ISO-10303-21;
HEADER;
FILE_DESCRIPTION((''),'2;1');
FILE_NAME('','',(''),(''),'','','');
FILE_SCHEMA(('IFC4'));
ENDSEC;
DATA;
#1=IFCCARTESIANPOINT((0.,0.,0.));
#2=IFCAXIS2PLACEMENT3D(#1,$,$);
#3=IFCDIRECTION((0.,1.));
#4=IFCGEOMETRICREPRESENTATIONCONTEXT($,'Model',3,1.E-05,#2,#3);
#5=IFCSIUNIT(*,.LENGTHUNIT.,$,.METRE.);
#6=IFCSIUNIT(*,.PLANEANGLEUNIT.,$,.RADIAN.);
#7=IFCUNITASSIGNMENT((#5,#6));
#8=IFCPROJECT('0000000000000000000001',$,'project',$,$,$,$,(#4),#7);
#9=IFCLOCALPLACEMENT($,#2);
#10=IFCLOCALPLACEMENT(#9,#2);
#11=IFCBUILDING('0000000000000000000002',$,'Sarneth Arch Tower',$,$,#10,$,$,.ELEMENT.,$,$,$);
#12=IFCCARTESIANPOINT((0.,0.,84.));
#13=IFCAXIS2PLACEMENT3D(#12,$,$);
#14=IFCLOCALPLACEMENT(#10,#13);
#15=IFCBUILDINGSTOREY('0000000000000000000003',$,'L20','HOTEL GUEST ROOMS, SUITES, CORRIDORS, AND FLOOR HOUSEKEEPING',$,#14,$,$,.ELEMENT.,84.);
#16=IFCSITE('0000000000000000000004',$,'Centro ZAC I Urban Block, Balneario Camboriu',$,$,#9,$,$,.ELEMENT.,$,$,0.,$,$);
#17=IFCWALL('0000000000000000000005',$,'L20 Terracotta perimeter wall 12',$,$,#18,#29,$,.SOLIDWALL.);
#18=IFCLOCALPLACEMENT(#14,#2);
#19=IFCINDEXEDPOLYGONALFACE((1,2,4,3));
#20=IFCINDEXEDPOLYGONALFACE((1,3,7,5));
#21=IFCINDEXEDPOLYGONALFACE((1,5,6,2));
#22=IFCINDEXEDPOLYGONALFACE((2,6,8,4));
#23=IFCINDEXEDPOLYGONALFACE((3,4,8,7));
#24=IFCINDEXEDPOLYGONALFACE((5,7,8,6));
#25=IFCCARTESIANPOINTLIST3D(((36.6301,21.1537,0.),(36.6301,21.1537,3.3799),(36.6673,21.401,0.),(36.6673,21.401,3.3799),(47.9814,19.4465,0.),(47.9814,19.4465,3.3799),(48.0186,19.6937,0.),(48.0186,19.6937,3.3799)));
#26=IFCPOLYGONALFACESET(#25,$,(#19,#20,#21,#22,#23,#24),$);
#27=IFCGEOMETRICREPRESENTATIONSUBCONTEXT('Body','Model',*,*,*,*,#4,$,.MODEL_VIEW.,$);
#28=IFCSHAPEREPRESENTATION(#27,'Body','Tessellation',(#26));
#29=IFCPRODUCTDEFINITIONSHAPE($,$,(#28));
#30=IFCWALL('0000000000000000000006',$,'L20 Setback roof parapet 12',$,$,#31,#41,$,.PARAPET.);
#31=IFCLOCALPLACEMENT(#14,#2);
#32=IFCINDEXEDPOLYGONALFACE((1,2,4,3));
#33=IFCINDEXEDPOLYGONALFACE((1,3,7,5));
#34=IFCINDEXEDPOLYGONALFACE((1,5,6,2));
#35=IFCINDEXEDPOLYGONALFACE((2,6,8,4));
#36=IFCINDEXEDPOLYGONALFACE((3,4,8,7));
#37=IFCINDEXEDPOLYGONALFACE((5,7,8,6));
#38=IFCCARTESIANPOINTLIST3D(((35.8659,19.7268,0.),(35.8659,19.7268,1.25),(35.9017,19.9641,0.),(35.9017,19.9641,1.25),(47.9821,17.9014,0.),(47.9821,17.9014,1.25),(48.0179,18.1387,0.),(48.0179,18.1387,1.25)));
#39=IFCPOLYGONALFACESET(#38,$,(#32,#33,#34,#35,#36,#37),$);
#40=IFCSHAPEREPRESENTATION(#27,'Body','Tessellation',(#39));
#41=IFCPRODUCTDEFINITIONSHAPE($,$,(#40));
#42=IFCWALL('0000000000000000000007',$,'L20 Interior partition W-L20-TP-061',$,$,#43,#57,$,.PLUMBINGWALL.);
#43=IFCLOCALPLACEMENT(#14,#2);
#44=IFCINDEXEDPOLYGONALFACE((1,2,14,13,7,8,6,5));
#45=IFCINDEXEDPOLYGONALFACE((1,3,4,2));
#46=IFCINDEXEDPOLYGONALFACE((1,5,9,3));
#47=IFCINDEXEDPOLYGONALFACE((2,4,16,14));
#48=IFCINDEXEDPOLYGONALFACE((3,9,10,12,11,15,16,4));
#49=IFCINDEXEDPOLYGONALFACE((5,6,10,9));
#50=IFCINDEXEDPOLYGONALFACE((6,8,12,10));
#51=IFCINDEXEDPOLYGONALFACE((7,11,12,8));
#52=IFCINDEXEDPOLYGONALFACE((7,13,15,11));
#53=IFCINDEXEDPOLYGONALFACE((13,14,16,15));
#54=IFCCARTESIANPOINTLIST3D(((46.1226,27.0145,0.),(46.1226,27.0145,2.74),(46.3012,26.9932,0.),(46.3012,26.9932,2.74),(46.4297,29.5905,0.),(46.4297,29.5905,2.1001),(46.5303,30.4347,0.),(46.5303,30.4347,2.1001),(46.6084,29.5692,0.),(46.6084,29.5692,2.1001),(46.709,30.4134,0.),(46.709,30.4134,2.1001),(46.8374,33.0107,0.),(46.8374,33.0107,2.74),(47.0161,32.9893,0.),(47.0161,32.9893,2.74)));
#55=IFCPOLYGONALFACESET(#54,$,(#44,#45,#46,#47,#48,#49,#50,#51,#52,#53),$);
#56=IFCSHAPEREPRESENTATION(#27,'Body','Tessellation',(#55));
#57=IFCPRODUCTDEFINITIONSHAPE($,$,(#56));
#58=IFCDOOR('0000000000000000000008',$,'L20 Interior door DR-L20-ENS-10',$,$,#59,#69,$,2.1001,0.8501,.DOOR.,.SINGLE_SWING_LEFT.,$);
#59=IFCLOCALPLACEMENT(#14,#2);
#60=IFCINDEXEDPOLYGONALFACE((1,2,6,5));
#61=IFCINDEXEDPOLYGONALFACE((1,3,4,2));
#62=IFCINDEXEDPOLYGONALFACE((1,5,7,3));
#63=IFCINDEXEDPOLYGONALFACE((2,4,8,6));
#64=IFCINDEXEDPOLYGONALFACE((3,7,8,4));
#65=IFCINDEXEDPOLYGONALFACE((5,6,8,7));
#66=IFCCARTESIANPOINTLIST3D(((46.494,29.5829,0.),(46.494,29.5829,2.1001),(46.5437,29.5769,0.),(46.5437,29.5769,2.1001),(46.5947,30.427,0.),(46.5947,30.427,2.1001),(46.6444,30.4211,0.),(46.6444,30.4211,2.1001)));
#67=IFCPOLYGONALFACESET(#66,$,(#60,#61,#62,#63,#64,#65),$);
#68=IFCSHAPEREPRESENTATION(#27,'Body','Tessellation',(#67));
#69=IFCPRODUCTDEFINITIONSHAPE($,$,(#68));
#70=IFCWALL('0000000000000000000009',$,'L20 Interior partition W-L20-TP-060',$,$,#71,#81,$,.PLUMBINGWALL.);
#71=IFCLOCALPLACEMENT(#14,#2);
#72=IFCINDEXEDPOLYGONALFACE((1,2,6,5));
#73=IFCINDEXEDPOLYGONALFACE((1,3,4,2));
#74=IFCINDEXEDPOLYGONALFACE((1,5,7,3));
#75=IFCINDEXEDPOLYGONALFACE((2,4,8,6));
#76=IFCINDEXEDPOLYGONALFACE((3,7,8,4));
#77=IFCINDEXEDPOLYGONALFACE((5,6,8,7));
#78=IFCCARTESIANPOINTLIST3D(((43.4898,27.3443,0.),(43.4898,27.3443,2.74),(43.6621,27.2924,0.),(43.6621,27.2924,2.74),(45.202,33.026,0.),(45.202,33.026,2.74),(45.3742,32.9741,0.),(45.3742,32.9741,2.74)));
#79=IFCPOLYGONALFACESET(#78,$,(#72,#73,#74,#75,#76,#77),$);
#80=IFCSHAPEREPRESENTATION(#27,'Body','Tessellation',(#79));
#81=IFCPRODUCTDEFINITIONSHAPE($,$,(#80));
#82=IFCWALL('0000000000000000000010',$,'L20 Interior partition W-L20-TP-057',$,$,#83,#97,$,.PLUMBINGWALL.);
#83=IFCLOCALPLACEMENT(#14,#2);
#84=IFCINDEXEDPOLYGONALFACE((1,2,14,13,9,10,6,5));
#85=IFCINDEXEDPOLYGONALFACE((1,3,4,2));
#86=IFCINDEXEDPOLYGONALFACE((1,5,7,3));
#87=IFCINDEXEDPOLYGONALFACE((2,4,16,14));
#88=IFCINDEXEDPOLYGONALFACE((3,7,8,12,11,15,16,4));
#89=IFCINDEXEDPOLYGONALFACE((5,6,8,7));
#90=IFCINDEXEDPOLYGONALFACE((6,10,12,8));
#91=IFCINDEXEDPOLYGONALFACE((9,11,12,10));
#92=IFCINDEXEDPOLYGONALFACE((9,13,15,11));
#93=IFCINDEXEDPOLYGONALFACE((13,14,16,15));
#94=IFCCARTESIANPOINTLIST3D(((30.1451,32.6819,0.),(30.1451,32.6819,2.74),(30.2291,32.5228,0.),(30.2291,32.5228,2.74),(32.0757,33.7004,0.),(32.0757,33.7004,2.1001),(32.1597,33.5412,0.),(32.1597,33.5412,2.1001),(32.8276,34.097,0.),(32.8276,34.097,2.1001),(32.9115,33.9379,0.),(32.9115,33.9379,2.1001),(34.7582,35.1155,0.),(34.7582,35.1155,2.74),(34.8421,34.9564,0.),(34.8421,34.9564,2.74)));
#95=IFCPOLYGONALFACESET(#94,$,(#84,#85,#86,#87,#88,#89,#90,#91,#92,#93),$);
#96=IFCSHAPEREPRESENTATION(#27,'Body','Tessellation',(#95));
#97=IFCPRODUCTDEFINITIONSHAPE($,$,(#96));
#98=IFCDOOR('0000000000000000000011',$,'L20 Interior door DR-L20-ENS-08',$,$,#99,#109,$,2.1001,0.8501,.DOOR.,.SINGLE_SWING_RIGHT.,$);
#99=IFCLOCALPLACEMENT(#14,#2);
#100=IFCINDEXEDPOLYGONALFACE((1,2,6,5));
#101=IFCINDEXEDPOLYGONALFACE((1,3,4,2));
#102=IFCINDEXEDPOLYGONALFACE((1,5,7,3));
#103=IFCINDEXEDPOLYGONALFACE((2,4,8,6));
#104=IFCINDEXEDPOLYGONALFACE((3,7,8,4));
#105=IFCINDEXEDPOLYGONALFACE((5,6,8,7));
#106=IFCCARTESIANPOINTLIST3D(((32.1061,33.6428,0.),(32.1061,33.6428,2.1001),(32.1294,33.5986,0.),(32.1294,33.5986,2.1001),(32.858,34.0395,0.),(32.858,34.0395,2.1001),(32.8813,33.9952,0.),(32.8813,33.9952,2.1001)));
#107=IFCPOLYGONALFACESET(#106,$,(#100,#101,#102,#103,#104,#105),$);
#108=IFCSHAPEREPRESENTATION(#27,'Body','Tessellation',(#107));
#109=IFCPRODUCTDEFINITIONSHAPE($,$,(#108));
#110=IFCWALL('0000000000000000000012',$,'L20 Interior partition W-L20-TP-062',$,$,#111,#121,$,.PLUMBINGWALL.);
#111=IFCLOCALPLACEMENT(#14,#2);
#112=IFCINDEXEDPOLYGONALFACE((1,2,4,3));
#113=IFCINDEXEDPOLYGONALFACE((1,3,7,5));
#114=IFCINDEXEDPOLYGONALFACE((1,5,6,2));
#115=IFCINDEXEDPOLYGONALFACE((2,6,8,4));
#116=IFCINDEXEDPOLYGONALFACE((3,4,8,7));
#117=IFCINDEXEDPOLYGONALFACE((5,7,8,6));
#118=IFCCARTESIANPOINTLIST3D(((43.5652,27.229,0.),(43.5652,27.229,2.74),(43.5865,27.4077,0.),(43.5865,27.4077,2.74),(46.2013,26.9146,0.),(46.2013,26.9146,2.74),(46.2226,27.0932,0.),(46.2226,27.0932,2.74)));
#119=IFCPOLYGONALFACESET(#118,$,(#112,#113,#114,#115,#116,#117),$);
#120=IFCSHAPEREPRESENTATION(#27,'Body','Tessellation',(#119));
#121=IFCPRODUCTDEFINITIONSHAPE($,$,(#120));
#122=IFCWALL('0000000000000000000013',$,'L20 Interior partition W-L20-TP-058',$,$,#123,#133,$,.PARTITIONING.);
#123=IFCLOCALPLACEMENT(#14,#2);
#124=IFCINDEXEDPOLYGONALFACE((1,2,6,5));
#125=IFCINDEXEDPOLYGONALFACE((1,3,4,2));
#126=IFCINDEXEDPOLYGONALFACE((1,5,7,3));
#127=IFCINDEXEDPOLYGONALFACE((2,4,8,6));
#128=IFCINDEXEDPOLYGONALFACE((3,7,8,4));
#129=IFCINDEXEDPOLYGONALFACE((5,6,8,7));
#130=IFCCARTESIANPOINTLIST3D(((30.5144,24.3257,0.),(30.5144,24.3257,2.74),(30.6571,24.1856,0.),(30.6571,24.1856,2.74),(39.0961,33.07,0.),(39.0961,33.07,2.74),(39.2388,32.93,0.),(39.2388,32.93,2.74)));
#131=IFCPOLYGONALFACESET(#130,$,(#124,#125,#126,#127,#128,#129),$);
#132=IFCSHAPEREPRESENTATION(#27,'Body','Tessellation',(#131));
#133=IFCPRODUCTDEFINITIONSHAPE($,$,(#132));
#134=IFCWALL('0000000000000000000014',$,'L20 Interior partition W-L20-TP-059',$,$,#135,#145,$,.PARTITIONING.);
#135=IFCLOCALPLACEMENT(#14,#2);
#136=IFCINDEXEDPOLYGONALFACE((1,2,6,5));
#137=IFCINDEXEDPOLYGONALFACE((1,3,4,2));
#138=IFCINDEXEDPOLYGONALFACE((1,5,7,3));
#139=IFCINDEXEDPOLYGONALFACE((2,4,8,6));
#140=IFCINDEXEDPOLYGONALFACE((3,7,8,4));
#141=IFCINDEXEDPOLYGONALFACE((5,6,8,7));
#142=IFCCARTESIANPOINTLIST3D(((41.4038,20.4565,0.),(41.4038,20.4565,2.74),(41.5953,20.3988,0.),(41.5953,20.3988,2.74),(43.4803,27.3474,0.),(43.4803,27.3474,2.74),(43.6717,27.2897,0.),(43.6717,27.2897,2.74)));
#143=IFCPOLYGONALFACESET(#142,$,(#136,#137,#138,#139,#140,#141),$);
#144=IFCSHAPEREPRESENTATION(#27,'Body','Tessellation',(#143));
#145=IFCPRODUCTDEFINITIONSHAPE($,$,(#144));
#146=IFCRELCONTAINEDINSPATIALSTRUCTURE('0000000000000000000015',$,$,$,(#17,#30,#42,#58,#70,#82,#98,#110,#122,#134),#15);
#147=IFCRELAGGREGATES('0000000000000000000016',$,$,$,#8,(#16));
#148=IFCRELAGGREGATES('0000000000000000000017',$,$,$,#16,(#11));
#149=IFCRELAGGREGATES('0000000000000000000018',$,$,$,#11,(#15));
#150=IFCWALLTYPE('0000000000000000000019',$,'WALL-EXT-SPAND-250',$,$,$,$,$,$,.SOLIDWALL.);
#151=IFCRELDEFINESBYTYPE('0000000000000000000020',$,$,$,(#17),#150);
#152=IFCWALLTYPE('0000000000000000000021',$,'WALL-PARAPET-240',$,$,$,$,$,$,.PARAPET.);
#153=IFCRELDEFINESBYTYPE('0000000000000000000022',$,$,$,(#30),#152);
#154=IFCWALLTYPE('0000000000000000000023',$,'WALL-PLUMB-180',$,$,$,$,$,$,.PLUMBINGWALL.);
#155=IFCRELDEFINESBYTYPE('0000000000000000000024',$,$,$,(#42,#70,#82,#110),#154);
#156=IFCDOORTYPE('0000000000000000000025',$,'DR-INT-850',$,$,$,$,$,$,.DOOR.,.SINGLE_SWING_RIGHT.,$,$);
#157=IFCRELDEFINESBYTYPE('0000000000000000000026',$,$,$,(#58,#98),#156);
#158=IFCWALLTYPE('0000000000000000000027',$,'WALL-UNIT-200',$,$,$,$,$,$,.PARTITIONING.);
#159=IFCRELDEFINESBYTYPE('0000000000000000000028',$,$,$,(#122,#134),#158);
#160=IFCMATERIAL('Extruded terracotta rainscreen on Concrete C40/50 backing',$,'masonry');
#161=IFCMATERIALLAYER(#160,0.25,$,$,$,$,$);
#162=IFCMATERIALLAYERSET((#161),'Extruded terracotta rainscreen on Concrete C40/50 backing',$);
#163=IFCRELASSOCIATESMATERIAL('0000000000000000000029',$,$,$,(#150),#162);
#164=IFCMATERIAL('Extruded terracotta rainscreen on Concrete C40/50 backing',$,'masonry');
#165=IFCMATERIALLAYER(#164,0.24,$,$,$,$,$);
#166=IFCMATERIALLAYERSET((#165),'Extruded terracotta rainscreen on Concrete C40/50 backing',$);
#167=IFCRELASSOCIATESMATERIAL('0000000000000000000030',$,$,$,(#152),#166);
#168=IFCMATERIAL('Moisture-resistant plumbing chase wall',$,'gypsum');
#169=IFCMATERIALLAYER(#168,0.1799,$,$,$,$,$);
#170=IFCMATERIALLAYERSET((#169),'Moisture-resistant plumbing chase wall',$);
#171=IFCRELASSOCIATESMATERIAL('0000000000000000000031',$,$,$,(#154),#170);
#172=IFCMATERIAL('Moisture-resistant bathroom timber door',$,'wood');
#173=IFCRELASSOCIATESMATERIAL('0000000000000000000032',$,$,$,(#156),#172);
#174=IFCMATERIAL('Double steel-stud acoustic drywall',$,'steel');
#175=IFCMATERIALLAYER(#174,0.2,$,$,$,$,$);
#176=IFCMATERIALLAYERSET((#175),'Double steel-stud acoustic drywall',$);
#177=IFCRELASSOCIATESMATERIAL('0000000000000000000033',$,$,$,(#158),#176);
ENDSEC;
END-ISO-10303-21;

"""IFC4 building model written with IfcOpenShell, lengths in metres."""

from ifc_helpers import new_model, si_unit, direction, frame, frame_2d, origin, place, context, subcontext, project, spatial, rectangle, extrude, material, layer, layer_set, type_object, element, fill, save


model = new_model("IFC4")

# Units and contexts
model_context = context("Model", 3, precision=1e-05, world=origin(), true_north=direction((0.0, 1.0)))
body_context = subcontext(model_context, "Body", "Model", "MODEL_VIEW")
ifc_project = project(units=[si_unit("LENGTHUNIT", "METRE"), si_unit("PLANEANGLEUNIT", "RADIAN")], contexts=[model_context])

# Site, building, storey
site_placement = place(None, origin())
site = spatial("IfcSite", under=ifc_project, at=site_placement, Name="Centro ZAC I Urban Block, Balneario Camboriu", CompositionType="ELEMENT", RefElevation=0.0)
building_placement = place(site_placement, origin())
building = spatial("IfcBuilding", under=site, at=building_placement, Name="Sarneth Arch Tower", CompositionType="ELEMENT")
storey_placement = place(building_placement, frame((0.0, 0.0, 84.0)))
storey = spatial("IfcBuildingStorey", under=building, at=storey_placement, Name="L20", Description="HOTEL GUEST ROOMS, SUITES, CORRIDORS, AND FLOOR HOUSEKEEPING", CompositionType="ELEMENT", Elevation=84.0)

# Walls
ifc_material_1 = material(Name="Extruded terracotta rainscreen on Concrete C40/50 backing", Category="masonry")
ifc_layer_1 = layer(ifc_material_1, 0.25)
ifc_layer_set_1 = layer_set([ifc_layer_1], Name="Extruded terracotta rainscreen on Concrete C40/50 backing")
wall_type_1 = type_object("IfcWallType", Name="WALL-EXT-SPAND-250", PredefinedType="SOLIDWALL", material=ifc_layer_set_1)
wall_1_placement = place(storey_placement, frame((36.6487, 21.2773, 0.0), z_axis=(0.0, 0.0, 1.0), x_axis=(0.988878, -0.14873, 0.0)))
element("IfcWall", 1, at=wall_1_placement, inside=storey, type_object=wall_type_1, Name="L20 Terracotta perimeter wall 12", PredefinedType="SOLIDWALL", context=body_context, shape_type="SweptSolid", body=[
    extrude(rectangle(XDim=11.479, YDim=0.25, at=frame_2d((5.7395, 0.0))), origin(), (0.0, 0.0, 1.0), 3.3799),
])
ifc_material_2 = material(Name="Extruded terracotta rainscreen on Concrete C40/50 backing", Category="masonry")
ifc_layer_2 = layer(ifc_material_2, 0.24)
ifc_layer_set_2 = layer_set([ifc_layer_2], Name="Extruded terracotta rainscreen on Concrete C40/50 backing")
wall_type_2 = type_object("IfcWallType", Name="WALL-PARAPET-240", PredefinedType="PARAPET", material=ifc_layer_set_2)
wall_2_placement = place(storey_placement, frame((35.8838, 19.8455, 0.0), z_axis=(0.0, 0.0, 1.0), x_axis=(0.98884, -0.14898, 0.0)))
element("IfcWall", 2, at=wall_2_placement, inside=storey, type_object=wall_type_2, Name="L20 Setback roof parapet 12", PredefinedType="PARAPET", context=body_context, shape_type="SweptSolid", body=[
    extrude(rectangle(XDim=12.2529, YDim=0.24, at=frame_2d((6.1265, 0.0))), origin(), (0.0, 0.0, 1.0), 1.25),
])

# Wall, opening, door
ifc_material_3 = material(Name="Moisture-resistant plumbing chase wall", Category="gypsum")
ifc_layer_3 = layer(ifc_material_3, 0.1799)
ifc_layer_set_3 = layer_set([ifc_layer_3], Name="Moisture-resistant plumbing chase wall")
wall_type_3 = type_object("IfcWallType", Name="WALL-PLUMB-180", PredefinedType="PLUMBINGWALL", material=ifc_layer_set_3)
wall_3_placement = place(storey_placement, frame((46.9268, 33.0, 0.0), z_axis=(0.0, 0.0, 1.0), x_axis=(-0.11838, -0.992968, 0.0)))
wall_3 = element("IfcWall", 3, at=wall_3_placement, inside=storey, type_object=wall_type_3, Name="L20 Interior partition W-L20-TP-061", PredefinedType="PLUMBINGWALL", context=body_context, shape_type="SweptSolid", body=[
    extrude(rectangle(XDim=6.0386, YDim=0.1799, at=frame_2d((3.0193, 0.0))), origin(), (0.0, 0.0, 1.0), 2.74),
])
opening_1_placement = place(wall_3_placement, frame((2.5942, 0.0, 0.0)))
opening_1 = element("IfcOpeningElement", 4, at=opening_1_placement, cuts=wall_3, PredefinedType="OPENING", context=body_context, shape_type="SweptSolid", body=[
    extrude(rectangle(XDim=0.8501, YDim=2.1001, at=frame_2d((0.425, 1.05))), frame((0.0, 0.0999, 0.0), z_axis=(0.0, -1.0, 0.0), x_axis=(1.0, 0.0, 0.0)), (0.0, 0.0, 1.0), 0.2),
])
ifc_material_4 = material(Name="Moisture-resistant bathroom timber door", Category="wood")
door_type_1 = type_object("IfcDoorType", Name="DR-INT-850", OperationType="SINGLE_SWING_RIGHT", PredefinedType="DOOR", material=ifc_material_4)
door_1_placement = place(opening_1_placement, origin())
door_1 = element("IfcDoor", 5, at=door_1_placement, inside=storey, type_object=door_type_1, Name="L20 Interior door DR-L20-ENS-10", OperationType="SINGLE_SWING_LEFT", OverallHeight=2.1001, OverallWidth=0.8501, PredefinedType="DOOR", context=body_context, shape_type="SweptSolid", body=[
    extrude(rectangle(XDim=0.8501, YDim=2.1001, at=frame_2d((0.425, 1.05))), frame((0.0, 0.0249, 0.0), z_axis=(0.0, -1.0, 0.0), x_axis=(1.0, 0.0, 0.0)), (0.0, 0.0, 1.0), 0.05),
])
fill(opening_1, door_1)

# Wall
wall_4_placement = place(storey_placement, frame((43.5759, 27.3184, 0.0), z_axis=(0.0, 0.0, 1.0), x_axis=(0.288533, 0.95747, 0.0)))
element("IfcWall", 6, at=wall_4_placement, inside=storey, type_object=wall_type_3, Name="L20 Interior partition W-L20-TP-060", PredefinedType="PLUMBINGWALL", context=body_context, shape_type="SweptSolid", body=[
    extrude(rectangle(XDim=5.9341, YDim=0.1799, at=frame_2d((2.967, 0.0))), origin(), (0.0, 0.0, 1.0), 2.74),
])

# Wall, opening, door
wall_5_placement = place(storey_placement, frame((30.187, 32.6023, 0.0), z_axis=(0.0, 0.0, 1.0), x_axis=(0.884469, 0.466599, 0.0)))
wall_5 = element("IfcWall", 7, at=wall_5_placement, inside=storey, type_object=wall_type_3, Name="L20 Interior partition W-L20-TP-057", PredefinedType="PLUMBINGWALL", context=body_context, shape_type="SweptSolid", body=[
    extrude(rectangle(XDim=5.2156, YDim=0.1799, at=frame_2d((2.6079, 0.0))), origin(), (0.0, 0.0, 1.0), 2.74),
])
opening_2_placement = place(wall_5_placement, frame((2.1829, 0.0, 0.0)))
opening_2 = element("IfcOpeningElement", 8, at=opening_2_placement, cuts=wall_5, PredefinedType="OPENING", context=body_context, shape_type="SweptSolid", body=[
    extrude(rectangle(XDim=0.8501, YDim=2.1001, at=frame_2d((0.425, 1.05))), frame((0.0, 0.0999, 0.0), z_axis=(0.0, -1.0, 0.0), x_axis=(1.0, 0.0, 0.0)), (0.0, 0.0, 1.0), 0.2),
])
door_2_placement = place(opening_2_placement, origin())
door_2 = element("IfcDoor", 9, at=door_2_placement, inside=storey, type_object=door_type_1, Name="L20 Interior door DR-L20-ENS-08", OperationType="SINGLE_SWING_RIGHT", OverallHeight=2.1001, OverallWidth=0.8501, PredefinedType="DOOR", context=body_context, shape_type="SweptSolid", body=[
    extrude(rectangle(XDim=0.8501, YDim=2.1001, at=frame_2d((0.425, 1.05))), frame((0.0, 0.0249, 0.0), z_axis=(0.0, -1.0, 0.0), x_axis=(1.0, 0.0, 0.0)), (0.0, 0.0, 1.0), 0.05),
])
fill(opening_2, door_2)

# Walls
wall_6_placement = place(storey_placement, frame((46.2119, 27.0039, 0.0), z_axis=(0.0, 0.0, 1.0), x_axis=(-0.99296, 0.118453, 0.0)))
element("IfcWall", 10, at=wall_6_placement, inside=storey, type_object=wall_type_3, Name="L20 Interior partition W-L20-TP-062", PredefinedType="PLUMBINGWALL", context=body_context, shape_type="SweptSolid", body=[
    extrude(rectangle(XDim=2.6548, YDim=0.1799, at=frame_2d((1.3274, 0.0))), origin(), (0.0, 0.0, 1.0), 2.74),
])
ifc_material_5 = material(Name="Double steel-stud acoustic drywall", Category="steel")
ifc_layer_4 = layer(ifc_material_5, 0.2)
ifc_layer_set_4 = layer_set([ifc_layer_4], Name="Double steel-stud acoustic drywall")
wall_type_4 = type_object("IfcWallType", Name="WALL-UNIT-200", PredefinedType="PARTITIONING", material=ifc_layer_set_4)
wall_7_placement = place(storey_placement, frame((39.1675, 33.0, 0.0), z_axis=(0.0, 0.0, 1.0), x_axis=(-0.70044, -0.713711, 0.0)))
element("IfcWall", 11, at=wall_7_placement, inside=storey, type_object=wall_type_4, Name="L20 Interior partition W-L20-TP-058", PredefinedType="PARTITIONING", context=body_context, shape_type="SweptSolid", body=[
    extrude(rectangle(XDim=12.252, YDim=0.2, at=frame_2d((6.126, 0.0))), origin(), (0.0, 0.0, 1.0), 2.74),
])
wall_8_placement = place(storey_placement, frame((41.4995, 20.4275, 0.0), z_axis=(0.0, 0.0, 1.0), x_axis=(0.288515, 0.957475, 0.0)))
element("IfcWall", 12, at=wall_8_placement, inside=storey, type_object=wall_type_4, Name="L20 Interior partition W-L20-TP-059", PredefinedType="PARTITIONING", context=body_context, shape_type="SweptSolid", body=[
    extrude(rectangle(XDim=7.197, YDim=0.2, at=frame_2d((3.5986, 0.0))), origin(), (0.0, 0.0, 1.0), 2.74),
])

save(model, "model.ifc")
